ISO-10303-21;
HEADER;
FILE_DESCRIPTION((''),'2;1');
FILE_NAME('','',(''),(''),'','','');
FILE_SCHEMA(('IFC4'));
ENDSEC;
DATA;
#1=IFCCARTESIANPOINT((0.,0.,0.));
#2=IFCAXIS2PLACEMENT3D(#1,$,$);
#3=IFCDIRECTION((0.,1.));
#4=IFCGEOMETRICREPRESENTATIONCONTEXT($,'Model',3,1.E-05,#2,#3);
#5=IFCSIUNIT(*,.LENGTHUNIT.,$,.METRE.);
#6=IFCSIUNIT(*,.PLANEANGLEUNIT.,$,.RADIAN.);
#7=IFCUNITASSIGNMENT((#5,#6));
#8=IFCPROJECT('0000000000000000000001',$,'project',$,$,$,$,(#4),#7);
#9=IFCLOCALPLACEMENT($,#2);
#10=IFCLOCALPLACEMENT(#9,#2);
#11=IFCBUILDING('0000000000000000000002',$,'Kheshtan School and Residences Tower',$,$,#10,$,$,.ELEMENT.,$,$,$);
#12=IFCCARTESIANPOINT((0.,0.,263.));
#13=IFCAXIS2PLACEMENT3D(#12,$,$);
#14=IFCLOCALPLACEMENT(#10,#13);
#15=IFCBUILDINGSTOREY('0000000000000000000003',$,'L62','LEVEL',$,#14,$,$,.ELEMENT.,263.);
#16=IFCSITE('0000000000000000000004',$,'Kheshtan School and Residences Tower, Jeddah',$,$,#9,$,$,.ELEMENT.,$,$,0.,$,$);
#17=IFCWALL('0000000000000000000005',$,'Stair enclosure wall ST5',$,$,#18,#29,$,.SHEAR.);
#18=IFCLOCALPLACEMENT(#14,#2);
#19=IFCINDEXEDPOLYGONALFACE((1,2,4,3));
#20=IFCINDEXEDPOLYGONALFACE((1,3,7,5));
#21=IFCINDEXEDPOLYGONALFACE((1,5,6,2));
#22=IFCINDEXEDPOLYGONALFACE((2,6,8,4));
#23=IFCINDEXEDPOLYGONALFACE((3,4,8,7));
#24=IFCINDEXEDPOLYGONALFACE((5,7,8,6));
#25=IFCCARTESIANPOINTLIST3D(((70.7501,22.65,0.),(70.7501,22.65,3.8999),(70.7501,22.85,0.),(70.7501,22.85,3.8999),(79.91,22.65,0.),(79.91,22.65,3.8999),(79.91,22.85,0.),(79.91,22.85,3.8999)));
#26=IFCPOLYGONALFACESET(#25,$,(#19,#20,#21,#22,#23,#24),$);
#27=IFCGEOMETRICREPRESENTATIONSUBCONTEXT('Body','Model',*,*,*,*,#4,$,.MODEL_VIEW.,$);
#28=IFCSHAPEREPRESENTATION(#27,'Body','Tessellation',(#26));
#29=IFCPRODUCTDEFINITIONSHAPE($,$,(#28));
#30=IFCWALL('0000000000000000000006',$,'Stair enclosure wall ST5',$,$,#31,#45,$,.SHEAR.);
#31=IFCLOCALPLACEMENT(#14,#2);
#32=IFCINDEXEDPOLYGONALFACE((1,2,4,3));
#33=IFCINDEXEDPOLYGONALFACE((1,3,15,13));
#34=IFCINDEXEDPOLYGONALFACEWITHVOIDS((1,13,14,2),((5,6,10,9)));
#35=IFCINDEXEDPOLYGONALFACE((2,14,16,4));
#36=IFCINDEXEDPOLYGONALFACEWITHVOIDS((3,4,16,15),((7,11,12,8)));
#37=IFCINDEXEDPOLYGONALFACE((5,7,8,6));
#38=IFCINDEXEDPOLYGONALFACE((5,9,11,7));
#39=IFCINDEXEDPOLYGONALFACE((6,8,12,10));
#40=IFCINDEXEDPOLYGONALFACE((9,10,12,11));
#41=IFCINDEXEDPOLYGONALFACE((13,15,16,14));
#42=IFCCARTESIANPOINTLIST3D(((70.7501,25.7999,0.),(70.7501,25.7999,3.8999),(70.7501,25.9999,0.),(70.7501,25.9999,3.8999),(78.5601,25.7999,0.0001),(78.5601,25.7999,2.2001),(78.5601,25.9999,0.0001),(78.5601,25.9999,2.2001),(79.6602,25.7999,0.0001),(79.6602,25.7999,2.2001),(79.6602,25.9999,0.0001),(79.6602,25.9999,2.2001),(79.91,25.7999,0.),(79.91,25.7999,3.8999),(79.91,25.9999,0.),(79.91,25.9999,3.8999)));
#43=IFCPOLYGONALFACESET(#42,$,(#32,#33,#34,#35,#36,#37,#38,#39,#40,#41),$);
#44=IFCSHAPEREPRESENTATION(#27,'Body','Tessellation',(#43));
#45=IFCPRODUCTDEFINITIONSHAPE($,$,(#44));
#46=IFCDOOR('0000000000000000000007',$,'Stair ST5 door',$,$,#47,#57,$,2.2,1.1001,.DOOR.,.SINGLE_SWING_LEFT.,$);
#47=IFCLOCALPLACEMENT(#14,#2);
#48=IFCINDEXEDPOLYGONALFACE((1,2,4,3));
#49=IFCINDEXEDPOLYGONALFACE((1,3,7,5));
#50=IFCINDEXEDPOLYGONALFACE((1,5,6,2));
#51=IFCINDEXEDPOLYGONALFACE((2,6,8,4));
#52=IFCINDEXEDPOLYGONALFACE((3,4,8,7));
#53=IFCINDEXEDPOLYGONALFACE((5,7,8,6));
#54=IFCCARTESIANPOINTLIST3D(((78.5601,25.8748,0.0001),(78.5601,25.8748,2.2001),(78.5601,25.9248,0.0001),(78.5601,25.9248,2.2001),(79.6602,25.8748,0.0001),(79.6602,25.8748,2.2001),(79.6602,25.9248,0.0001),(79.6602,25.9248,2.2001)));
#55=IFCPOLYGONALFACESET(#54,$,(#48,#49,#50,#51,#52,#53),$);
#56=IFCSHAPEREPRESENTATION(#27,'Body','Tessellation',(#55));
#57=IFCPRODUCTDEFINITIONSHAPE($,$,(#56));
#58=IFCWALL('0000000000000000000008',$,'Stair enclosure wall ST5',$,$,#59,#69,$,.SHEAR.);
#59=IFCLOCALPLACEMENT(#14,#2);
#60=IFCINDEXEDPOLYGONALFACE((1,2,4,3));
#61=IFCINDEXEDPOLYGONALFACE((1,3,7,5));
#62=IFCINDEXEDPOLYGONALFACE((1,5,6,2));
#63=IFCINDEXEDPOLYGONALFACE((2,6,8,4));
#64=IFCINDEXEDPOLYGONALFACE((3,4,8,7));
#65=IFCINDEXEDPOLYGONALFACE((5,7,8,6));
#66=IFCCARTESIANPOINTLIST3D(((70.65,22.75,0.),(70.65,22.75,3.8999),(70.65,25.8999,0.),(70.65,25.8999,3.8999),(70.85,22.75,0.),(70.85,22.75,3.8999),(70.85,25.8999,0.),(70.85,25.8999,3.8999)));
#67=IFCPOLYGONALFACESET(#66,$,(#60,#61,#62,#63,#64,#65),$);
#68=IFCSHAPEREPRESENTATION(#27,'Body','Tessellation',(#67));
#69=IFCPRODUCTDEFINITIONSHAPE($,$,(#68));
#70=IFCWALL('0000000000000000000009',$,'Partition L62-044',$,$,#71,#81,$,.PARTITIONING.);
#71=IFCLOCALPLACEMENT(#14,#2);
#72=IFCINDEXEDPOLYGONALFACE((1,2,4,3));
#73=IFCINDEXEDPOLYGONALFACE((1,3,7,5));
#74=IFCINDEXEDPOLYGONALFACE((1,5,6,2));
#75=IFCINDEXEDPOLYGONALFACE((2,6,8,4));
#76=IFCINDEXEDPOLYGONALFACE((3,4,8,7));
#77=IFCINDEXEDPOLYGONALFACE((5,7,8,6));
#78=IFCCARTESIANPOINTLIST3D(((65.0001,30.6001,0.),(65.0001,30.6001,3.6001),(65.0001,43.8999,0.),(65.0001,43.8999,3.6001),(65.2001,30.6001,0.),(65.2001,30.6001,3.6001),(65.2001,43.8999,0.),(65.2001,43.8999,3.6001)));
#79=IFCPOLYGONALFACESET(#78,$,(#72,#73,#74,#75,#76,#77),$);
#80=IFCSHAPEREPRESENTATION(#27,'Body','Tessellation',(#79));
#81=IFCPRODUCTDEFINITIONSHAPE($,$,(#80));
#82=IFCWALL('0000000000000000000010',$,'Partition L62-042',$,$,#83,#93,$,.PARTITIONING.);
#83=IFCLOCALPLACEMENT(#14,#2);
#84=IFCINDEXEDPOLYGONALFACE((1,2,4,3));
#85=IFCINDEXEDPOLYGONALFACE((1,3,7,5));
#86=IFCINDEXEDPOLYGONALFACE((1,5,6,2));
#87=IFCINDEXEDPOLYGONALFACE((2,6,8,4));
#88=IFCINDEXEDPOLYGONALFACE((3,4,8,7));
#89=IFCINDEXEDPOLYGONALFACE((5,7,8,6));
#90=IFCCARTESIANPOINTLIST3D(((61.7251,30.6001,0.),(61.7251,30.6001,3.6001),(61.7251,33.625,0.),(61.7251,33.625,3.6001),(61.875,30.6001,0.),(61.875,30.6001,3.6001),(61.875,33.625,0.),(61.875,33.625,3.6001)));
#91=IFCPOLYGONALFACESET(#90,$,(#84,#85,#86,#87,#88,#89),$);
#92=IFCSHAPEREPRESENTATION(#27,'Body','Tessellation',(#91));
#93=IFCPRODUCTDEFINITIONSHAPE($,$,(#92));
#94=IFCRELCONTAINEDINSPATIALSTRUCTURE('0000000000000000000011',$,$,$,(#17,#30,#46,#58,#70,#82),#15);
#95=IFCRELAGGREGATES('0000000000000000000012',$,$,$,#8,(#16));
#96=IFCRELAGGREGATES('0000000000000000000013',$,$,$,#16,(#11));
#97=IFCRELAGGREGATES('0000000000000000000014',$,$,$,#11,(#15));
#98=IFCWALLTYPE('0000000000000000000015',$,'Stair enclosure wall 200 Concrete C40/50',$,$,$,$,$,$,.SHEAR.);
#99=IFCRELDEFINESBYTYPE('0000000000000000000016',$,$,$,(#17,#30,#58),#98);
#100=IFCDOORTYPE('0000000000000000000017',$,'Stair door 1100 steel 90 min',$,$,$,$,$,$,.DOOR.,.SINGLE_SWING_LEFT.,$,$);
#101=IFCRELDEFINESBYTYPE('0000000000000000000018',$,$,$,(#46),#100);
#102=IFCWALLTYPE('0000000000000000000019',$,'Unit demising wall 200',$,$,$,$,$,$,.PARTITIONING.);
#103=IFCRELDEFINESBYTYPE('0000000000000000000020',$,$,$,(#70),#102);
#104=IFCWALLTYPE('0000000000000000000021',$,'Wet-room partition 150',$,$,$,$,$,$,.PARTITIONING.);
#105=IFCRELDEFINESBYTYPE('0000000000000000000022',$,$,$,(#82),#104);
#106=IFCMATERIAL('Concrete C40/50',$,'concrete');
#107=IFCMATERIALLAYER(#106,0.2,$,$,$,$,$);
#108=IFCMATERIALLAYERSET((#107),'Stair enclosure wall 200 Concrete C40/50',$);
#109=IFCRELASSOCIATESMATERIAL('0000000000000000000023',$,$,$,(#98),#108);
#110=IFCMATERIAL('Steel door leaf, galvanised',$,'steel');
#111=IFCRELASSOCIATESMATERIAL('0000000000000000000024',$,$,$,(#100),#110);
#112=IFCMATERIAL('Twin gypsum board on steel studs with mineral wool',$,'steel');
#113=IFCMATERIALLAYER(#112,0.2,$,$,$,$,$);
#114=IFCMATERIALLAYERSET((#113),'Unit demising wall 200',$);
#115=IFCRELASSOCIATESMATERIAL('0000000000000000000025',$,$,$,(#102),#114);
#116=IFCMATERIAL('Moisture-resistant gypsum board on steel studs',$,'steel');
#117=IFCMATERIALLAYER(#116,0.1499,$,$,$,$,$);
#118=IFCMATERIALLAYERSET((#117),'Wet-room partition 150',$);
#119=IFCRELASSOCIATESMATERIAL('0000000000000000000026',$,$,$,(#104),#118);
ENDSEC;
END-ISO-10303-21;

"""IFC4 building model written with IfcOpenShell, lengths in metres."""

from ifc_helpers import new_model, si_unit, direction, frame, frame_2d, origin, place, context, subcontext, project, spatial, rectangle, extrude, source, transform, mapped, material, layer, layer_set, type_object, element, fill, save


model = new_model("IFC4")

# Units and contexts
model_context = context("Model", 3, precision=1e-05, world=origin(), true_north=direction((0.0, 1.0)))
body_context = subcontext(model_context, "Body", "Model", "MODEL_VIEW")
ifc_project = project(units=[si_unit("LENGTHUNIT", "METRE"), si_unit("PLANEANGLEUNIT", "RADIAN")], contexts=[model_context])

# Site, building, storey
site_placement = place(None, origin())
site = spatial("IfcSite", under=ifc_project, at=site_placement, Name="Kheshtan School and Residences Tower, Jeddah", CompositionType="ELEMENT", RefElevation=0.0)
building_placement = place(site_placement, origin())
building = spatial("IfcBuilding", under=site, at=building_placement, Name="Kheshtan School and Residences Tower", CompositionType="ELEMENT")
storey_placement = place(building_placement, frame((0.0, 0.0, 263.0)))
storey = spatial("IfcBuildingStorey", under=building, at=storey_placement, Name="L62", Description="LEVEL", CompositionType="ELEMENT", Elevation=263.0)

# Shared definitions
ifc_material_1 = material(Name="Steel door leaf, galvanised", Category="steel")

# Wall
ifc_material_2 = material(Name="Concrete C40/50", Category="concrete")
ifc_layer_1 = layer(ifc_material_2, 0.2)
ifc_layer_set_1 = layer_set([ifc_layer_1], Name="Stair enclosure wall 200 Concrete C40/50")
wall_type_1 = type_object("IfcWallType", Name="Stair enclosure wall 200 Concrete C40/50", PredefinedType="SHEAR", material=ifc_layer_set_1)
wall_1_placement = place(storey_placement, frame((70.75, 22.75, 0.0), z_axis=(0.0, 0.0, 1.0), x_axis=(1.0, 0.0, 0.0)))
element("IfcWall", 1, at=wall_1_placement, inside=storey, type_object=wall_type_1, Name="Stair enclosure wall ST5", PredefinedType="SHEAR", context=body_context, shape_type="SweptSolid", body=[
    extrude(rectangle(XDim=9.1599, YDim=0.2, at=frame_2d((4.5801, 0.0))), origin(), (0.0, 0.0, 1.0), 3.8999),
])

# Wall, opening, door
wall_2_placement = place(storey_placement, frame((70.75, 25.8999, 0.0), z_axis=(0.0, 0.0, 1.0), x_axis=(1.0, 0.0, 0.0)))
wall_2 = element("IfcWall", 2, at=wall_2_placement, inside=storey, type_object=wall_type_1, Name="Stair enclosure wall ST5", PredefinedType="SHEAR", context=body_context, shape_type="SweptSolid", body=[
    extrude(rectangle(XDim=9.1599, YDim=0.2, at=frame_2d((4.5801, 0.0))), origin(), (0.0, 0.0, 1.0), 3.8999),
])
opening_1_placement = place(wall_2_placement, frame((7.8101, 0.0, 0.0)))
opening_1 = element("IfcOpeningElement", 3, at=opening_1_placement, cuts=wall_2, PredefinedType="OPENING", context=body_context, shape_type="SweptSolid", body=[
    extrude(rectangle(XDim=1.1001, YDim=2.2, at=frame_2d((0.55, 1.1001))), frame((0.0, 0.1099, 0.0), z_axis=(0.0, -1.0, 0.0), x_axis=(1.0, 0.0, 0.0)), (0.0, 0.0, 1.0), 0.22),
])
door_type_1 = type_object("IfcDoorType", Name="Stair door 1100 steel 90 min", OperationType="SINGLE_SWING_LEFT", PredefinedType="DOOR", material=ifc_material_1)
shared_shape_1 = source(origin(), body_context, "Body", "SweptSolid", [
    extrude(rectangle(XDim=1.1001, YDim=2.2, at=frame_2d((0.55, 1.1001))), frame((0.0, 0.0249, 0.0), z_axis=(0.0, -1.0, 0.0), x_axis=(1.0, 0.0, 0.0)), (0.0, 0.0, 1.0), 0.05),
])
door_1_placement = place(opening_1_placement, origin())
door_1 = element("IfcDoor", 4, at=door_1_placement, inside=storey, type_object=door_type_1, Name="Stair ST5 door", OperationType="SINGLE_SWING_LEFT", OverallHeight=2.2, OverallWidth=1.1001, PredefinedType="DOOR", context=body_context, shape_type="MappedRepresentation", body=[
    mapped(shared_shape_1, transform((0.0, 0.0, 0.0), x_axis=(1.0, 0.0, 0.0), y_axis=(0.0, 1.0, 0.0), z_axis=(0.0, 0.0, 1.0), scale=1.0)),
])
fill(opening_1, door_1)

# Walls
wall_3_placement = place(storey_placement, frame((70.75, 22.75, 0.0), z_axis=(0.0, 0.0, 1.0), x_axis=(0.0, 1.0, 0.0)))
element("IfcWall", 5, at=wall_3_placement, inside=storey, type_object=wall_type_1, Name="Stair enclosure wall ST5", PredefinedType="SHEAR", context=body_context, shape_type="SweptSolid", body=[
    extrude(rectangle(XDim=3.1499, YDim=0.2, at=frame_2d((1.575, 0.0))), origin(), (0.0, 0.0, 1.0), 3.8999),
])
ifc_material_3 = material(Name="Twin gypsum board on steel studs with mineral wool", Category="steel")
ifc_layer_2 = layer(ifc_material_3, 0.2)
ifc_layer_set_2 = layer_set([ifc_layer_2], Name="Unit demising wall 200")
wall_type_2 = type_object("IfcWallType", Name="Unit demising wall 200", PredefinedType="PARTITIONING", material=ifc_layer_set_2)
wall_4_placement = place(storey_placement, frame((65.1001, 30.6001, 0.0), z_axis=(0.0, 0.0, 1.0), x_axis=(0.0, 1.0, 0.0)))
element("IfcWall", 6, at=wall_4_placement, inside=storey, type_object=wall_type_2, Name="Partition L62-044", PredefinedType="PARTITIONING", context=body_context, shape_type="SweptSolid", body=[
    extrude(rectangle(XDim=13.2998, YDim=0.2, at=frame_2d((6.6499, 0.0))), origin(), (0.0, 0.0, 1.0), 3.6001),
])
ifc_material_4 = material(Name="Moisture-resistant gypsum board on steel studs", Category="steel")
ifc_layer_3 = layer(ifc_material_4, 0.1499)
ifc_layer_set_3 = layer_set([ifc_layer_3], Name="Wet-room partition 150")
wall_type_3 = type_object("IfcWallType", Name="Wet-room partition 150", PredefinedType="PARTITIONING", material=ifc_layer_set_3)
wall_5_placement = place(storey_placement, frame((61.8, 30.6001, 0.0), z_axis=(0.0, 0.0, 1.0), x_axis=(0.0, 1.0, 0.0)))
element("IfcWall", 7, at=wall_5_placement, inside=storey, type_object=wall_type_3, Name="Partition L62-042", PredefinedType="PARTITIONING", context=body_context, shape_type="SweptSolid", body=[
    extrude(rectangle(XDim=3.0249, YDim=0.1499, at=frame_2d((1.5125, 0.0))), origin(), (0.0, 0.0, 1.0), 3.6001),
])

save(model, "model.ifc")
